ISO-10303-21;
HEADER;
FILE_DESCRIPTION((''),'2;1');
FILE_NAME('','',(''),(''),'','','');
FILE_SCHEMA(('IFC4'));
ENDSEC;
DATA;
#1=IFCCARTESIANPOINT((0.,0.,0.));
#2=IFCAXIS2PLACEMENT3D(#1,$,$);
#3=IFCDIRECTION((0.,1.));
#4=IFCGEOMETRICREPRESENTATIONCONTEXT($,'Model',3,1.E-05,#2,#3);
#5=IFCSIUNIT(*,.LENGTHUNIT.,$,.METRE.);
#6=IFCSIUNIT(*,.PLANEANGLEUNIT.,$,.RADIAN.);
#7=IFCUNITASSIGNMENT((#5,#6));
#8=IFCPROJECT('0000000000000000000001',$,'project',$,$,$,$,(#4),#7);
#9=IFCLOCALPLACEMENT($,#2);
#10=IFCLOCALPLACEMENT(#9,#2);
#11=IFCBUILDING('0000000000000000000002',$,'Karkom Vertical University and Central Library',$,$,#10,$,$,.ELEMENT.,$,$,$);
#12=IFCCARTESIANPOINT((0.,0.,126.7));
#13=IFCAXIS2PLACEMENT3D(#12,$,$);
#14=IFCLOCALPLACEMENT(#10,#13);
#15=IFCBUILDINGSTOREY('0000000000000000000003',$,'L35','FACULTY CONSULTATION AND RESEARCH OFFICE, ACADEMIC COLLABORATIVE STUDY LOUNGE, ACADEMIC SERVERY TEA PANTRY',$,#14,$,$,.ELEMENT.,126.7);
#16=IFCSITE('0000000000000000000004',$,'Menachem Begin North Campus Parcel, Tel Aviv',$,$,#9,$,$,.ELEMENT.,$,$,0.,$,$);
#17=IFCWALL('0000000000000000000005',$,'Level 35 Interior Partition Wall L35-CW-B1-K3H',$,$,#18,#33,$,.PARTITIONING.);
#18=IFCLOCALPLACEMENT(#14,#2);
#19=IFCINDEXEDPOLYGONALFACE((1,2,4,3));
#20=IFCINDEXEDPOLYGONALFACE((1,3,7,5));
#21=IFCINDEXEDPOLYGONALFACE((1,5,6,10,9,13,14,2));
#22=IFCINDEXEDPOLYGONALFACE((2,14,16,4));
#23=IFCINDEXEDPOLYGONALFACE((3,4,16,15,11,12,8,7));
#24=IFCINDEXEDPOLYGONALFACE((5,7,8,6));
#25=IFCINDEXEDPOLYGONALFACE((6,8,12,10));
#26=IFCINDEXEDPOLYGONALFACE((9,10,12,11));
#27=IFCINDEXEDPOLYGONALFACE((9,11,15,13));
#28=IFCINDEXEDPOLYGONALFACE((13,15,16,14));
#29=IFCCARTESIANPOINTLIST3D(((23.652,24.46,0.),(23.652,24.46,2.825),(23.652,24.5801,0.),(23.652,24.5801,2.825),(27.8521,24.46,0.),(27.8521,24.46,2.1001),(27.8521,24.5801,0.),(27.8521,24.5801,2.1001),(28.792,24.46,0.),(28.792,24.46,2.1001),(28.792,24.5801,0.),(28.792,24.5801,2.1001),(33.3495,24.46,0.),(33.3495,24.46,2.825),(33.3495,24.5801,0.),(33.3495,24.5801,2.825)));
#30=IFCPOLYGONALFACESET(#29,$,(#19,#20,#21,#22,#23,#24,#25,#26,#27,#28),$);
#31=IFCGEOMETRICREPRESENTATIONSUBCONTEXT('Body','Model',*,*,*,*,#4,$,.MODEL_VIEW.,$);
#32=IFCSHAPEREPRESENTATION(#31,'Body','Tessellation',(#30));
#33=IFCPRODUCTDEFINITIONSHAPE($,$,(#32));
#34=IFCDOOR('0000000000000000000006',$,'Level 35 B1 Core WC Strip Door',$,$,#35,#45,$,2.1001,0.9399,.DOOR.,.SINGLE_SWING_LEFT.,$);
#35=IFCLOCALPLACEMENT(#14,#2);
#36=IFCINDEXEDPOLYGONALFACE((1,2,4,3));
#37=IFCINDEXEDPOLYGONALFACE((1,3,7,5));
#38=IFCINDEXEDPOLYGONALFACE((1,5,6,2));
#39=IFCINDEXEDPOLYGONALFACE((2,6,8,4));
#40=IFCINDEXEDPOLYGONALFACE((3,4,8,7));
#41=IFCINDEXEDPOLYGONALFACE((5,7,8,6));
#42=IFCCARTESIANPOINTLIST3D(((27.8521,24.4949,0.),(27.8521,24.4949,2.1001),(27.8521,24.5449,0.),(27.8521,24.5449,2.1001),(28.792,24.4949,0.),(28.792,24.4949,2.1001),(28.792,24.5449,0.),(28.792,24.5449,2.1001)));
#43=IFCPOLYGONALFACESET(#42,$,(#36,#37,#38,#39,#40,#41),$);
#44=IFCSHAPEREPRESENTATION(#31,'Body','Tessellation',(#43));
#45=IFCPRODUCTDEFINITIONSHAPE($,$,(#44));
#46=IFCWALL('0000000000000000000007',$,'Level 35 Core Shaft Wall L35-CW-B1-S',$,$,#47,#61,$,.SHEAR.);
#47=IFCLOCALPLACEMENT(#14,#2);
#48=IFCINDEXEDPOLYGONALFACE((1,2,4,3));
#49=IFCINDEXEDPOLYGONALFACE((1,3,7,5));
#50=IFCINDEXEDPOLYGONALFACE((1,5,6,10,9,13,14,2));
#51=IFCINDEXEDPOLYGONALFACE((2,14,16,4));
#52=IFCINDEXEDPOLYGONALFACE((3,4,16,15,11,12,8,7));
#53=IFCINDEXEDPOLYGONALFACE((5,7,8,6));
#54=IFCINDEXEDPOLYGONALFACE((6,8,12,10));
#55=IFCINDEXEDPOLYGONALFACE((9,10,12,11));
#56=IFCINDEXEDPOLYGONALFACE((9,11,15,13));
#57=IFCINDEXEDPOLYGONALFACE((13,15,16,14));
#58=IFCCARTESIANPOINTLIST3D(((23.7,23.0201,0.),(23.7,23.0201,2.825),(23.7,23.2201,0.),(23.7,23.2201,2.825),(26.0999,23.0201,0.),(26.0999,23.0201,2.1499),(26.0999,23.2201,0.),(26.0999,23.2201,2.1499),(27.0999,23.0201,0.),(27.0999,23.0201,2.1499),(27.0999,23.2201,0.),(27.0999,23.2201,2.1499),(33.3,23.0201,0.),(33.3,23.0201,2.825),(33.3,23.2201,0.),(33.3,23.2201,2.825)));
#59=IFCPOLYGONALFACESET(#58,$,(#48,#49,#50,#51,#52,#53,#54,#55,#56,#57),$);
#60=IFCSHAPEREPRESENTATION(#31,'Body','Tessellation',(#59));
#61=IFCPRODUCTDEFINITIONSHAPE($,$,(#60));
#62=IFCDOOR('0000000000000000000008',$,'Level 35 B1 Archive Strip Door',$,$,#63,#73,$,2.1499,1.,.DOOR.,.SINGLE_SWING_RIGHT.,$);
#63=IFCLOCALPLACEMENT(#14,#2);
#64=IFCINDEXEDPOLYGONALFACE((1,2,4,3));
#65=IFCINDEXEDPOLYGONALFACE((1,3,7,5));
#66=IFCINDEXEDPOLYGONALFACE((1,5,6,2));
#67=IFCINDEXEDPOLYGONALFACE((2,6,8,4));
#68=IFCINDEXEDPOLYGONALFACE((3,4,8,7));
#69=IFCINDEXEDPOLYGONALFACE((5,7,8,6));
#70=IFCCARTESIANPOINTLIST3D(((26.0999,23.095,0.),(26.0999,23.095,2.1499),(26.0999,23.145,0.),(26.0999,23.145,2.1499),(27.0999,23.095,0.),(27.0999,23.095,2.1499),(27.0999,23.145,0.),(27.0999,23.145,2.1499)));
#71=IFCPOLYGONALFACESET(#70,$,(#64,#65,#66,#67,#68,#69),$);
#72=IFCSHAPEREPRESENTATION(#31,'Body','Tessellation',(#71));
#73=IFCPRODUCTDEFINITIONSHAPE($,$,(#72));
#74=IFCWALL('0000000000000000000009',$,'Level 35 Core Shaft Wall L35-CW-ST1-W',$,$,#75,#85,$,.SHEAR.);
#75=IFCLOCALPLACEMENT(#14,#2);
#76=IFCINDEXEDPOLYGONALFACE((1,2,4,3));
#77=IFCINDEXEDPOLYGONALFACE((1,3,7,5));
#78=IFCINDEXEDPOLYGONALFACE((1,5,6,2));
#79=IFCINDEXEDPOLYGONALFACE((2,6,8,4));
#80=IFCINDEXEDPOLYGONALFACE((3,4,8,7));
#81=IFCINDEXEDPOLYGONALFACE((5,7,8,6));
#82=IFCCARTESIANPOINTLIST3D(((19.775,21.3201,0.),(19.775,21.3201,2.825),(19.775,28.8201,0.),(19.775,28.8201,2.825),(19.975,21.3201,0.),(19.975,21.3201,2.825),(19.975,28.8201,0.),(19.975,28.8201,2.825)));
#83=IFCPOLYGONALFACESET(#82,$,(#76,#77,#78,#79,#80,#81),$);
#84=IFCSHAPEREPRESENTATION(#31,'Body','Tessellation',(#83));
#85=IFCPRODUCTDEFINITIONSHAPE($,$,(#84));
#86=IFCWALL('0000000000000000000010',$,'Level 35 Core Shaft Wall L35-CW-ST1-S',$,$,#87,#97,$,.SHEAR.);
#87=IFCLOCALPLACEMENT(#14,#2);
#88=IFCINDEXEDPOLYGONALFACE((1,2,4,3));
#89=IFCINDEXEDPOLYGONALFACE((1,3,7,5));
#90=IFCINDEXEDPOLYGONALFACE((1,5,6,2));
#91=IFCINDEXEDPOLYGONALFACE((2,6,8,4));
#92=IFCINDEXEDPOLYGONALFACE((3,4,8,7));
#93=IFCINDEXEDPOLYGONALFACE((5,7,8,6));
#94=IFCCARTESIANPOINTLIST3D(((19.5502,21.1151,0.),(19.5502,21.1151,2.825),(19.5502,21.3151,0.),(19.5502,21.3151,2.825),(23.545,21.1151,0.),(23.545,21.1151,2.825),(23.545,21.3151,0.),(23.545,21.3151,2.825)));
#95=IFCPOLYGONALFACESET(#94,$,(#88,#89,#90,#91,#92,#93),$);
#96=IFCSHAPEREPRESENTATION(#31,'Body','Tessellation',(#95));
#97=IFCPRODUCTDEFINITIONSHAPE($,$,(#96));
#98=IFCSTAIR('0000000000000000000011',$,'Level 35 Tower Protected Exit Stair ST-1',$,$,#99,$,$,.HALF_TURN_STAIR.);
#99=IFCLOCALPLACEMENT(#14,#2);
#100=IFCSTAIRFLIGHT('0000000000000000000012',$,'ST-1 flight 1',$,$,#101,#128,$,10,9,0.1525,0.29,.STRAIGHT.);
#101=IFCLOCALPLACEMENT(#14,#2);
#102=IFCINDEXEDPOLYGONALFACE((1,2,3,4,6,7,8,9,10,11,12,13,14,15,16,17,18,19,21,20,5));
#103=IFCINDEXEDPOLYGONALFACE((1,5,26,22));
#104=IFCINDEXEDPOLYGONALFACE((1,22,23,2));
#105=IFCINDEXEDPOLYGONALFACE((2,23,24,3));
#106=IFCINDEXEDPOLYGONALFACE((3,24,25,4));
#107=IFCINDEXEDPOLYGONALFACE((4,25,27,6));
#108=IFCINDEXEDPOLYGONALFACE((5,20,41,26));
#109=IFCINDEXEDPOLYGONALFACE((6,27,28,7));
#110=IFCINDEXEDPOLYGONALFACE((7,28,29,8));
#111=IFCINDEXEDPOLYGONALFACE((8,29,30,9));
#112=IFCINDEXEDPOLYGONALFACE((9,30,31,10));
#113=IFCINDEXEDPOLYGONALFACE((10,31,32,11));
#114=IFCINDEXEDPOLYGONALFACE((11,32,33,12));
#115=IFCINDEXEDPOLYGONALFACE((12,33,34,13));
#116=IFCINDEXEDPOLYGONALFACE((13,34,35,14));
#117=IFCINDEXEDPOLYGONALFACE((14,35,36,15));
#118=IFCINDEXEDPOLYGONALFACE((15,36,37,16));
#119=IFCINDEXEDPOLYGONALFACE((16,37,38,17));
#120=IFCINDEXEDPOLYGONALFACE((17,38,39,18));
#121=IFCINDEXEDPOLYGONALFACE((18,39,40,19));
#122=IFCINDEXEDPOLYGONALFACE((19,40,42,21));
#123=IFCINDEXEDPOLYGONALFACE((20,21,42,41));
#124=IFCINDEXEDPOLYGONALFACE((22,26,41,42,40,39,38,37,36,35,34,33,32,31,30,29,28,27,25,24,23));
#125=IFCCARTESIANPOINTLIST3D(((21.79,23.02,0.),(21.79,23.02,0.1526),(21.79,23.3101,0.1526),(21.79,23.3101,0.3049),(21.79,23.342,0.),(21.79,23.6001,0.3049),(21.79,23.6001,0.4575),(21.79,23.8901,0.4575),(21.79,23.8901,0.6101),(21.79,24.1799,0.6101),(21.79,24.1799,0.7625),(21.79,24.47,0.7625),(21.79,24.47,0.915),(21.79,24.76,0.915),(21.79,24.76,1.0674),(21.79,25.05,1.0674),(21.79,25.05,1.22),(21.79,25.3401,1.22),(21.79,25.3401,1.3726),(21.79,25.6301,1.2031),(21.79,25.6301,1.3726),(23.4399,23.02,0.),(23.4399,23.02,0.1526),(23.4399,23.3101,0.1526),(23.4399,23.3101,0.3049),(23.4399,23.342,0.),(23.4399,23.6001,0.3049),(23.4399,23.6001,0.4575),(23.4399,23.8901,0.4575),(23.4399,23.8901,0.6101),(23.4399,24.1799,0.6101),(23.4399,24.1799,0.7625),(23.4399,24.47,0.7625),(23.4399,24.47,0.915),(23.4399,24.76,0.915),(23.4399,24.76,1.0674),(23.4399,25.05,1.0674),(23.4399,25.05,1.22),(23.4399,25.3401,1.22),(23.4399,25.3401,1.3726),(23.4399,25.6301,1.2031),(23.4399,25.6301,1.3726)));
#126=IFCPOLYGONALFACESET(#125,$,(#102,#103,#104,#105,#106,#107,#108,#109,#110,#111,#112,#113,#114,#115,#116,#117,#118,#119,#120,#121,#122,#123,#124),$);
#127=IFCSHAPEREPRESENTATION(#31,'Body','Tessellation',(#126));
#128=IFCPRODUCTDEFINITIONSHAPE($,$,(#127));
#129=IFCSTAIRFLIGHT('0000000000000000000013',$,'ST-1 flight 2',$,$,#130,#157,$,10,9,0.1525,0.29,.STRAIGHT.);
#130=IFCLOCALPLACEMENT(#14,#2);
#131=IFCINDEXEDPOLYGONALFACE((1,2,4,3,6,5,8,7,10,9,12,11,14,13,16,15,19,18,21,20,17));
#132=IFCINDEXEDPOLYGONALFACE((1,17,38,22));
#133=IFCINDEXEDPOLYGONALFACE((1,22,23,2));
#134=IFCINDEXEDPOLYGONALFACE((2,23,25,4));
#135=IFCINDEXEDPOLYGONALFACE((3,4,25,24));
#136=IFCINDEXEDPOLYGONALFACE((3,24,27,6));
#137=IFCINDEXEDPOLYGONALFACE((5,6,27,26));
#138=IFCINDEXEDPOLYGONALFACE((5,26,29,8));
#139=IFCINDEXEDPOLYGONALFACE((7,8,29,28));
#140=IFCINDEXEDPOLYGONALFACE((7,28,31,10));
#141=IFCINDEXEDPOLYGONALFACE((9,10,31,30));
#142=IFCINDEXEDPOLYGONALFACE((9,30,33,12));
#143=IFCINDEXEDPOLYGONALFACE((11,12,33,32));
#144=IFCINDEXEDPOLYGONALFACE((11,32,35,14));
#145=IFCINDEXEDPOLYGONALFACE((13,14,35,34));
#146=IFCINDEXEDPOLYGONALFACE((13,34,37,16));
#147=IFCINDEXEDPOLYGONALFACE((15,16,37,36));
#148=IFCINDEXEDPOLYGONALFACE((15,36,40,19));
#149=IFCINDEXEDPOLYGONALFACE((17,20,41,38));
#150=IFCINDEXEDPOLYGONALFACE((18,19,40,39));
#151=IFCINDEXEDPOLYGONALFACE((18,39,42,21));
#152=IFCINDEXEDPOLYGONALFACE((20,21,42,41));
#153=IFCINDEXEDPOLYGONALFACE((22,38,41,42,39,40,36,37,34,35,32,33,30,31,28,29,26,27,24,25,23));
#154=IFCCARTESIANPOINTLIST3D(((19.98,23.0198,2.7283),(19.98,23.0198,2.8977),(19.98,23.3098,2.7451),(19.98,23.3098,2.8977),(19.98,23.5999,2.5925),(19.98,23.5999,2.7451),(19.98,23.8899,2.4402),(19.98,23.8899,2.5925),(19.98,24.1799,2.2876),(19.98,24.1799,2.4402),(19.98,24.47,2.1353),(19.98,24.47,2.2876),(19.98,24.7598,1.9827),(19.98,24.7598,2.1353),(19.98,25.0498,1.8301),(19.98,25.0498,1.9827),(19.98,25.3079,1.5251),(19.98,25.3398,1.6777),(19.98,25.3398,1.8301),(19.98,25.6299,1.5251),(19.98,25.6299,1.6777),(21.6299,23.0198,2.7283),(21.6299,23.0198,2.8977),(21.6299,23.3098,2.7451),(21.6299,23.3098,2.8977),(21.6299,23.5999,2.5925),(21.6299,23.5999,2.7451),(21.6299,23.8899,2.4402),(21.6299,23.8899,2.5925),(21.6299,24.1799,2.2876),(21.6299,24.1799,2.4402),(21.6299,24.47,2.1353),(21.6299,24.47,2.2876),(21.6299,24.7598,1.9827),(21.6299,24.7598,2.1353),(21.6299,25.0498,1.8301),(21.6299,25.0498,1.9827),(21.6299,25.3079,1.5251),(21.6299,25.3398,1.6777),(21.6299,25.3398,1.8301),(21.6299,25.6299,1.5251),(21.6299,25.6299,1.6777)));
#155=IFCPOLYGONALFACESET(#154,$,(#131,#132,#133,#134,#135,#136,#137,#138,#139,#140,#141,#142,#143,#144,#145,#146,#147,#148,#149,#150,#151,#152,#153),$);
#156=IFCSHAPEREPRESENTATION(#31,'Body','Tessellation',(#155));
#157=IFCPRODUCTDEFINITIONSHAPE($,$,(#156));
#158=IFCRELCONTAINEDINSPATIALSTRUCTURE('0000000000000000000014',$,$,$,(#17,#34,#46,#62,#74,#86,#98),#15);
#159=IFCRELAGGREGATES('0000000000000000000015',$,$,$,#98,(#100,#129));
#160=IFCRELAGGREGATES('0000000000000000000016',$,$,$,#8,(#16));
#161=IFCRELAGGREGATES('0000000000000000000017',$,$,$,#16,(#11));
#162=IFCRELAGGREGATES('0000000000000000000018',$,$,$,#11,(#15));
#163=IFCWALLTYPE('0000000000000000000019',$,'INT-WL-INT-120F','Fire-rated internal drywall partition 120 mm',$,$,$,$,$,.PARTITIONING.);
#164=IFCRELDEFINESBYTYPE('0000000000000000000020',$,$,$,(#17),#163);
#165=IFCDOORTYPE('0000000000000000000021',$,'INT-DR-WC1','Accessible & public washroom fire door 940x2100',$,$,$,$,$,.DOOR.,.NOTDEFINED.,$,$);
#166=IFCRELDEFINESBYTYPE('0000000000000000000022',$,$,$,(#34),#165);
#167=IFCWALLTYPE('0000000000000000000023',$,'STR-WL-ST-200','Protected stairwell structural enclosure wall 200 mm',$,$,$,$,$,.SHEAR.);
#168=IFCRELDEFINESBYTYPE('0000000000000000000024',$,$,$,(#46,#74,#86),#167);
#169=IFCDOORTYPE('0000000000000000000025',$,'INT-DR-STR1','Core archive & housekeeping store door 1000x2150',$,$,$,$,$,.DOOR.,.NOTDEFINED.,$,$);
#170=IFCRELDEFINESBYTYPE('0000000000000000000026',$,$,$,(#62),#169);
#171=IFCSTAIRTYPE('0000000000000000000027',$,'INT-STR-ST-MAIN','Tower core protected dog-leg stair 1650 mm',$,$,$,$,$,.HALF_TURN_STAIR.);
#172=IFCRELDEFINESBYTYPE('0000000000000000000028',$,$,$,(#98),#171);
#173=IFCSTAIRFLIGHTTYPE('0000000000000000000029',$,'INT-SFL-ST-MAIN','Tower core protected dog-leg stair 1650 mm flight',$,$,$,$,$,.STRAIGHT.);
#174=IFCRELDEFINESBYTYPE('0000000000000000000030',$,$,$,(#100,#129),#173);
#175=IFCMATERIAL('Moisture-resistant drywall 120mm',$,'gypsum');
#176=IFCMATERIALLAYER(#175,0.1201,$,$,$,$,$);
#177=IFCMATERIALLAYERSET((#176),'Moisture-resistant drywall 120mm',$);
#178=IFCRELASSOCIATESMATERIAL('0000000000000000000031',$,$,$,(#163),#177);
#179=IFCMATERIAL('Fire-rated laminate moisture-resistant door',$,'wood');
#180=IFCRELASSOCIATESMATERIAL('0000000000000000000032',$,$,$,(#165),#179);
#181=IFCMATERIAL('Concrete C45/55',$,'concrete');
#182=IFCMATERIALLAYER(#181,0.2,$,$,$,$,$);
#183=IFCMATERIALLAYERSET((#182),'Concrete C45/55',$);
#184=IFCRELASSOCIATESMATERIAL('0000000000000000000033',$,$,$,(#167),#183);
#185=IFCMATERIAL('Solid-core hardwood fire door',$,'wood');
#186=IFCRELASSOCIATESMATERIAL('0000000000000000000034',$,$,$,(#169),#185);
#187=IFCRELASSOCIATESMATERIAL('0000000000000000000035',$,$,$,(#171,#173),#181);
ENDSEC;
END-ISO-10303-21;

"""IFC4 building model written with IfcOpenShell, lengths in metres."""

from ifc_helpers import new_model, si_unit, direction, frame, frame_2d, origin, origin_with_axes, place, context, subcontext, project, spatial, polyline, rectangle, outline, extrude, source, transform, mapped, material, layer, layer_set, type_object, element, fill, aggregate, save


model = new_model("IFC4")

# Units and contexts
model_context = context("Model", 3, precision=1e-05, world=origin(), true_north=direction((0.0, 1.0)))
body_context = subcontext(model_context, "Body", "Model", "MODEL_VIEW")
ifc_project = project(units=[si_unit("LENGTHUNIT", "METRE"), si_unit("PLANEANGLEUNIT", "RADIAN")], contexts=[model_context])

# Site, building, storey
site_placement = place(None, origin())
site = spatial("IfcSite", under=ifc_project, at=site_placement, Name="Menachem Begin North Campus Parcel, Tel Aviv", CompositionType="ELEMENT", RefElevation=0.0)
building_placement = place(site_placement, origin())
building = spatial("IfcBuilding", under=site, at=building_placement, Name="Karkom Vertical University and Central Library", CompositionType="ELEMENT")
storey_placement = place(building_placement, frame((0.0, 0.0, 126.7)))
storey = spatial("IfcBuildingStorey", under=building, at=storey_placement, Name="L35", Description="FACULTY CONSULTATION AND RESEARCH OFFICE, ACADEMIC COLLABORATIVE STUDY LOUNGE, ACADEMIC SERVERY TEA PANTRY", CompositionType="ELEMENT", Elevation=126.7)

# Walls, openings, doors
ifc_material_1 = material(Name="Moisture-resistant drywall 120mm", Category="gypsum")
ifc_layer_1 = layer(ifc_material_1, 0.1201)
ifc_layer_set_1 = layer_set([ifc_layer_1], Name="Moisture-resistant drywall 120mm")
wall_type_1 = type_object("IfcWallType", Name="INT-WL-INT-120F", Description="Fire-rated internal drywall partition 120 mm", PredefinedType="PARTITIONING", material=ifc_layer_set_1)
wall_1_placement = place(storey_placement, frame((23.6521, 24.52, 0.0), z_axis=(0.0, 0.0, 1.0), x_axis=(1.0, 0.0, 0.0)))
wall_1 = element("IfcWall", 1, at=wall_1_placement, inside=storey, type_object=wall_type_1, Name="Level 35 Interior Partition Wall L35-CW-B1-K3H", PredefinedType="PARTITIONING", context=body_context, shape_type="SweptSolid", body=[
    extrude(rectangle(XDim=9.6975, YDim=0.1201, at=frame_2d((4.8486, 0.0))), origin(), (0.0, 0.0, 1.0), 2.825),
])
opening_1_placement = place(wall_1_placement, frame((4.2, 0.0, 0.0)))
opening_1 = element("IfcOpeningElement", 2, at=opening_1_placement, cuts=wall_1, PredefinedType="OPENING", context=body_context, shape_type="SweptSolid", body=[
    extrude(rectangle(XDim=0.9399, YDim=2.1001, at=frame_2d((0.47, 1.05))), frame((0.0, 0.0701, 0.0), z_axis=(0.0, -1.0, 0.0), x_axis=(1.0, 0.0, 0.0)), (0.0, 0.0, 1.0), 0.1401),
])
ifc_material_2 = material(Name="Fire-rated laminate moisture-resistant door", Category="wood")
door_type_1 = type_object("IfcDoorType", Name="INT-DR-WC1", Description="Accessible & public washroom fire door 940x2100", OperationType="NOTDEFINED", PredefinedType="DOOR", material=ifc_material_2)
shared_shape_1 = source(origin_with_axes(), body_context, "Body", "SweptSolid", [
    extrude(rectangle(XDim=0.9399, YDim=2.1001, at=frame_2d((0.47, 1.05))), frame((0.0, 0.0249, 0.0), z_axis=(0.0, -1.0, 0.0), x_axis=(1.0, 0.0, 0.0)), (0.0, 0.0, 1.0), 0.05),
])
door_1_placement = place(opening_1_placement, origin())
door_1 = element("IfcDoor", 3, at=door_1_placement, inside=storey, type_object=door_type_1, Name="Level 35 B1 Core WC Strip Door", OperationType="SINGLE_SWING_LEFT", OverallHeight=2.1001, OverallWidth=0.9399, PredefinedType="DOOR", context=body_context, shape_type="MappedRepresentation", body=[
    mapped(shared_shape_1, transform((0.0, 0.0, 0.0), scale=1.0)),
])
fill(opening_1, door_1)
ifc_material_3 = material(Name="Concrete C45/55", Category="concrete")
ifc_layer_2 = layer(ifc_material_3, 0.2)
ifc_layer_set_2 = layer_set([ifc_layer_2], Name="Concrete C45/55")
wall_type_2 = type_object("IfcWallType", Name="STR-WL-ST-200", Description="Protected stairwell structural enclosure wall 200 mm", PredefinedType="SHEAR", material=ifc_layer_set_2)
wall_2_placement = place(storey_placement, frame((23.7, 23.1201, 0.0), z_axis=(0.0, 0.0, 1.0), x_axis=(1.0, 0.0, 0.0)))
wall_2 = element("IfcWall", 4, at=wall_2_placement, inside=storey, type_object=wall_type_2, Name="Level 35 Core Shaft Wall L35-CW-B1-S", PredefinedType="SHEAR", context=body_context, shape_type="SweptSolid", body=[
    extrude(rectangle(XDim=9.6001, YDim=0.2, at=frame_2d((4.8, 0.0))), origin(), (0.0, 0.0, 1.0), 2.825),
])
opening_2_placement = place(wall_2_placement, frame((2.3999, 0.0, 0.0)))
opening_2 = element("IfcOpeningElement", 5, at=opening_2_placement, cuts=wall_2, PredefinedType="OPENING", context=body_context, shape_type="SweptSolid", body=[
    extrude(rectangle(XDim=1.0, YDim=2.1499, at=frame_2d((0.5, 1.075))), frame((0.0, 0.1099, 0.0), z_axis=(0.0, -1.0, 0.0), x_axis=(1.0, 0.0, 0.0)), (0.0, 0.0, 1.0), 0.22),
])
ifc_material_4 = material(Name="Solid-core hardwood fire door", Category="wood")
door_type_2 = type_object("IfcDoorType", Name="INT-DR-STR1", Description="Core archive & housekeeping store door 1000x2150", OperationType="NOTDEFINED", PredefinedType="DOOR", material=ifc_material_4)
shared_shape_2 = source(origin_with_axes(), body_context, "Body", "SweptSolid", [
    extrude(rectangle(XDim=1.0, YDim=2.1499, at=frame_2d((0.5, 1.075))), frame((0.0, 0.0249, 0.0), z_axis=(0.0, -1.0, 0.0), x_axis=(1.0, 0.0, 0.0)), (0.0, 0.0, 1.0), 0.05),
])
door_2_placement = place(opening_2_placement, origin())
door_2 = element("IfcDoor", 6, at=door_2_placement, inside=storey, type_object=door_type_2, Name="Level 35 B1 Archive Strip Door", OperationType="SINGLE_SWING_RIGHT", OverallHeight=2.1499, OverallWidth=1.0, PredefinedType="DOOR", context=body_context, shape_type="MappedRepresentation", body=[
    mapped(shared_shape_2, transform((0.0, 0.0, 0.0), scale=1.0)),
])
fill(opening_2, door_2)

# Walls
wall_3_placement = place(storey_placement, frame((19.875, 21.3201, 0.0), z_axis=(0.0, 0.0, 1.0), x_axis=(0.0, 1.0, 0.0)))
element("IfcWall", 7, at=wall_3_placement, inside=storey, type_object=wall_type_2, Name="Level 35 Core Shaft Wall L35-CW-ST1-W", PredefinedType="SHEAR", context=body_context, shape_type="SweptSolid", body=[
    extrude(rectangle(XDim=7.5, YDim=0.2, at=frame_2d((3.75, 0.0))), origin(), (0.0, 0.0, 1.0), 2.825),
])
wall_4_placement = place(storey_placement, frame((19.55, 21.2151, 0.0), z_axis=(0.0, 0.0, 1.0), x_axis=(1.0, 0.0, 0.0)))
element("IfcWall", 8, at=wall_4_placement, inside=storey, type_object=wall_type_2, Name="Level 35 Core Shaft Wall L35-CW-ST1-S", PredefinedType="SHEAR", context=body_context, shape_type="SweptSolid", body=[
    extrude(rectangle(XDim=3.9949, YDim=0.2, at=frame_2d((1.9976, 0.0))), origin(), (0.0, 0.0, 1.0), 2.825),
])

# Stair, stair flights
stair_type = type_object("IfcStairType", Name="INT-STR-ST-MAIN", Description="Tower core protected dog-leg stair 1650 mm", PredefinedType="HALF_TURN_STAIR", material=ifc_material_3)
stair_placement = place(storey_placement, origin())
stair = element("IfcStair", 9, at=stair_placement, inside=storey, type_object=stair_type, Name="Level 35 Tower Protected Exit Stair ST-1", PredefinedType="HALF_TURN_STAIR")
stair_flight_type = type_object("IfcStairFlightType", Name="INT-SFL-ST-MAIN", Description="Tower core protected dog-leg stair 1650 mm flight", PredefinedType="STRAIGHT", material=ifc_material_3)
stair_flight_1_placement = place(storey_placement, frame((22.615, 23.02, 0.0), z_axis=(0.0, 0.0, 1.0), x_axis=(0.0, 1.0, 0.0)))
stair_flight_1 = element("IfcStairFlight", 10, at=stair_flight_1_placement, type_object=stair_flight_type, Name="ST-1 flight 1", NumberOfRisers=10, NumberOfTreads=9, PredefinedType="STRAIGHT", RiserHeight=0.1525, TreadLength=0.29, context=body_context, shape_type="SweptSolid", body=[
    extrude(outline(polyline([(0.0, 0.0), (0.0, 0.1526), (0.29, 0.1526), (0.29, 0.3049), (0.5801, 0.3049), (0.5801, 0.4575), (0.8701, 0.4575), (0.8701, 0.6101), (1.1599, 0.6101), (1.1599, 0.7625), (1.45, 0.7625), (1.45, 0.915), (1.74, 0.915), (1.74, 1.0674), (2.03, 1.0674), (2.03, 1.22), (2.3201, 1.22), (2.3201, 1.3726), (2.6101, 1.3726), (2.6101, 1.5249), (2.6101, 1.2031), (0.322, 0.0), (0.0, 0.0)])), frame((0.0, 0.825, 0.0), z_axis=(0.0, -1.0, 0.0), x_axis=(1.0, 0.0, 0.0)), (0.0, 0.0, 1.0), 1.6499),
])
stair_flight_2_placement = place(storey_placement, frame((20.8049, 25.6299, 1.5251), z_axis=(0.0, 0.0, 1.0), x_axis=(0.0, -1.0, 0.0)))
stair_flight_2 = element("IfcStairFlight", 11, at=stair_flight_2_placement, type_object=stair_flight_type, Name="ST-1 flight 2", NumberOfRisers=10, NumberOfTreads=9, PredefinedType="STRAIGHT", RiserHeight=0.1525, TreadLength=0.29, context=body_context, shape_type="SweptSolid", body=[
    extrude(outline(polyline([(0.0, 0.0), (0.0, 0.1526), (0.29, 0.1526), (0.29, 0.3049), (0.5801, 0.3049), (0.5801, 0.4575), (0.8701, 0.4575), (0.8701, 0.6101), (1.1599, 0.6101), (1.1599, 0.7625), (1.45, 0.7625), (1.45, 0.915), (1.74, 0.915), (1.74, 1.0674), (2.03, 1.0674), (2.03, 1.22), (2.3201, 1.22), (2.3201, 1.3726), (2.6101, 1.3726), (2.6101, 1.5249), (2.6101, 1.2031), (0.322, 0.0), (0.0, 0.0)])), frame((0.0, 0.825, 0.0), z_axis=(0.0, -1.0, 0.0), x_axis=(1.0, 0.0, 0.0)), (0.0, 0.0, 1.0), 1.6499),
])
aggregate(stair, [stair_flight_1, stair_flight_2])

save(model, "model.ifc")
